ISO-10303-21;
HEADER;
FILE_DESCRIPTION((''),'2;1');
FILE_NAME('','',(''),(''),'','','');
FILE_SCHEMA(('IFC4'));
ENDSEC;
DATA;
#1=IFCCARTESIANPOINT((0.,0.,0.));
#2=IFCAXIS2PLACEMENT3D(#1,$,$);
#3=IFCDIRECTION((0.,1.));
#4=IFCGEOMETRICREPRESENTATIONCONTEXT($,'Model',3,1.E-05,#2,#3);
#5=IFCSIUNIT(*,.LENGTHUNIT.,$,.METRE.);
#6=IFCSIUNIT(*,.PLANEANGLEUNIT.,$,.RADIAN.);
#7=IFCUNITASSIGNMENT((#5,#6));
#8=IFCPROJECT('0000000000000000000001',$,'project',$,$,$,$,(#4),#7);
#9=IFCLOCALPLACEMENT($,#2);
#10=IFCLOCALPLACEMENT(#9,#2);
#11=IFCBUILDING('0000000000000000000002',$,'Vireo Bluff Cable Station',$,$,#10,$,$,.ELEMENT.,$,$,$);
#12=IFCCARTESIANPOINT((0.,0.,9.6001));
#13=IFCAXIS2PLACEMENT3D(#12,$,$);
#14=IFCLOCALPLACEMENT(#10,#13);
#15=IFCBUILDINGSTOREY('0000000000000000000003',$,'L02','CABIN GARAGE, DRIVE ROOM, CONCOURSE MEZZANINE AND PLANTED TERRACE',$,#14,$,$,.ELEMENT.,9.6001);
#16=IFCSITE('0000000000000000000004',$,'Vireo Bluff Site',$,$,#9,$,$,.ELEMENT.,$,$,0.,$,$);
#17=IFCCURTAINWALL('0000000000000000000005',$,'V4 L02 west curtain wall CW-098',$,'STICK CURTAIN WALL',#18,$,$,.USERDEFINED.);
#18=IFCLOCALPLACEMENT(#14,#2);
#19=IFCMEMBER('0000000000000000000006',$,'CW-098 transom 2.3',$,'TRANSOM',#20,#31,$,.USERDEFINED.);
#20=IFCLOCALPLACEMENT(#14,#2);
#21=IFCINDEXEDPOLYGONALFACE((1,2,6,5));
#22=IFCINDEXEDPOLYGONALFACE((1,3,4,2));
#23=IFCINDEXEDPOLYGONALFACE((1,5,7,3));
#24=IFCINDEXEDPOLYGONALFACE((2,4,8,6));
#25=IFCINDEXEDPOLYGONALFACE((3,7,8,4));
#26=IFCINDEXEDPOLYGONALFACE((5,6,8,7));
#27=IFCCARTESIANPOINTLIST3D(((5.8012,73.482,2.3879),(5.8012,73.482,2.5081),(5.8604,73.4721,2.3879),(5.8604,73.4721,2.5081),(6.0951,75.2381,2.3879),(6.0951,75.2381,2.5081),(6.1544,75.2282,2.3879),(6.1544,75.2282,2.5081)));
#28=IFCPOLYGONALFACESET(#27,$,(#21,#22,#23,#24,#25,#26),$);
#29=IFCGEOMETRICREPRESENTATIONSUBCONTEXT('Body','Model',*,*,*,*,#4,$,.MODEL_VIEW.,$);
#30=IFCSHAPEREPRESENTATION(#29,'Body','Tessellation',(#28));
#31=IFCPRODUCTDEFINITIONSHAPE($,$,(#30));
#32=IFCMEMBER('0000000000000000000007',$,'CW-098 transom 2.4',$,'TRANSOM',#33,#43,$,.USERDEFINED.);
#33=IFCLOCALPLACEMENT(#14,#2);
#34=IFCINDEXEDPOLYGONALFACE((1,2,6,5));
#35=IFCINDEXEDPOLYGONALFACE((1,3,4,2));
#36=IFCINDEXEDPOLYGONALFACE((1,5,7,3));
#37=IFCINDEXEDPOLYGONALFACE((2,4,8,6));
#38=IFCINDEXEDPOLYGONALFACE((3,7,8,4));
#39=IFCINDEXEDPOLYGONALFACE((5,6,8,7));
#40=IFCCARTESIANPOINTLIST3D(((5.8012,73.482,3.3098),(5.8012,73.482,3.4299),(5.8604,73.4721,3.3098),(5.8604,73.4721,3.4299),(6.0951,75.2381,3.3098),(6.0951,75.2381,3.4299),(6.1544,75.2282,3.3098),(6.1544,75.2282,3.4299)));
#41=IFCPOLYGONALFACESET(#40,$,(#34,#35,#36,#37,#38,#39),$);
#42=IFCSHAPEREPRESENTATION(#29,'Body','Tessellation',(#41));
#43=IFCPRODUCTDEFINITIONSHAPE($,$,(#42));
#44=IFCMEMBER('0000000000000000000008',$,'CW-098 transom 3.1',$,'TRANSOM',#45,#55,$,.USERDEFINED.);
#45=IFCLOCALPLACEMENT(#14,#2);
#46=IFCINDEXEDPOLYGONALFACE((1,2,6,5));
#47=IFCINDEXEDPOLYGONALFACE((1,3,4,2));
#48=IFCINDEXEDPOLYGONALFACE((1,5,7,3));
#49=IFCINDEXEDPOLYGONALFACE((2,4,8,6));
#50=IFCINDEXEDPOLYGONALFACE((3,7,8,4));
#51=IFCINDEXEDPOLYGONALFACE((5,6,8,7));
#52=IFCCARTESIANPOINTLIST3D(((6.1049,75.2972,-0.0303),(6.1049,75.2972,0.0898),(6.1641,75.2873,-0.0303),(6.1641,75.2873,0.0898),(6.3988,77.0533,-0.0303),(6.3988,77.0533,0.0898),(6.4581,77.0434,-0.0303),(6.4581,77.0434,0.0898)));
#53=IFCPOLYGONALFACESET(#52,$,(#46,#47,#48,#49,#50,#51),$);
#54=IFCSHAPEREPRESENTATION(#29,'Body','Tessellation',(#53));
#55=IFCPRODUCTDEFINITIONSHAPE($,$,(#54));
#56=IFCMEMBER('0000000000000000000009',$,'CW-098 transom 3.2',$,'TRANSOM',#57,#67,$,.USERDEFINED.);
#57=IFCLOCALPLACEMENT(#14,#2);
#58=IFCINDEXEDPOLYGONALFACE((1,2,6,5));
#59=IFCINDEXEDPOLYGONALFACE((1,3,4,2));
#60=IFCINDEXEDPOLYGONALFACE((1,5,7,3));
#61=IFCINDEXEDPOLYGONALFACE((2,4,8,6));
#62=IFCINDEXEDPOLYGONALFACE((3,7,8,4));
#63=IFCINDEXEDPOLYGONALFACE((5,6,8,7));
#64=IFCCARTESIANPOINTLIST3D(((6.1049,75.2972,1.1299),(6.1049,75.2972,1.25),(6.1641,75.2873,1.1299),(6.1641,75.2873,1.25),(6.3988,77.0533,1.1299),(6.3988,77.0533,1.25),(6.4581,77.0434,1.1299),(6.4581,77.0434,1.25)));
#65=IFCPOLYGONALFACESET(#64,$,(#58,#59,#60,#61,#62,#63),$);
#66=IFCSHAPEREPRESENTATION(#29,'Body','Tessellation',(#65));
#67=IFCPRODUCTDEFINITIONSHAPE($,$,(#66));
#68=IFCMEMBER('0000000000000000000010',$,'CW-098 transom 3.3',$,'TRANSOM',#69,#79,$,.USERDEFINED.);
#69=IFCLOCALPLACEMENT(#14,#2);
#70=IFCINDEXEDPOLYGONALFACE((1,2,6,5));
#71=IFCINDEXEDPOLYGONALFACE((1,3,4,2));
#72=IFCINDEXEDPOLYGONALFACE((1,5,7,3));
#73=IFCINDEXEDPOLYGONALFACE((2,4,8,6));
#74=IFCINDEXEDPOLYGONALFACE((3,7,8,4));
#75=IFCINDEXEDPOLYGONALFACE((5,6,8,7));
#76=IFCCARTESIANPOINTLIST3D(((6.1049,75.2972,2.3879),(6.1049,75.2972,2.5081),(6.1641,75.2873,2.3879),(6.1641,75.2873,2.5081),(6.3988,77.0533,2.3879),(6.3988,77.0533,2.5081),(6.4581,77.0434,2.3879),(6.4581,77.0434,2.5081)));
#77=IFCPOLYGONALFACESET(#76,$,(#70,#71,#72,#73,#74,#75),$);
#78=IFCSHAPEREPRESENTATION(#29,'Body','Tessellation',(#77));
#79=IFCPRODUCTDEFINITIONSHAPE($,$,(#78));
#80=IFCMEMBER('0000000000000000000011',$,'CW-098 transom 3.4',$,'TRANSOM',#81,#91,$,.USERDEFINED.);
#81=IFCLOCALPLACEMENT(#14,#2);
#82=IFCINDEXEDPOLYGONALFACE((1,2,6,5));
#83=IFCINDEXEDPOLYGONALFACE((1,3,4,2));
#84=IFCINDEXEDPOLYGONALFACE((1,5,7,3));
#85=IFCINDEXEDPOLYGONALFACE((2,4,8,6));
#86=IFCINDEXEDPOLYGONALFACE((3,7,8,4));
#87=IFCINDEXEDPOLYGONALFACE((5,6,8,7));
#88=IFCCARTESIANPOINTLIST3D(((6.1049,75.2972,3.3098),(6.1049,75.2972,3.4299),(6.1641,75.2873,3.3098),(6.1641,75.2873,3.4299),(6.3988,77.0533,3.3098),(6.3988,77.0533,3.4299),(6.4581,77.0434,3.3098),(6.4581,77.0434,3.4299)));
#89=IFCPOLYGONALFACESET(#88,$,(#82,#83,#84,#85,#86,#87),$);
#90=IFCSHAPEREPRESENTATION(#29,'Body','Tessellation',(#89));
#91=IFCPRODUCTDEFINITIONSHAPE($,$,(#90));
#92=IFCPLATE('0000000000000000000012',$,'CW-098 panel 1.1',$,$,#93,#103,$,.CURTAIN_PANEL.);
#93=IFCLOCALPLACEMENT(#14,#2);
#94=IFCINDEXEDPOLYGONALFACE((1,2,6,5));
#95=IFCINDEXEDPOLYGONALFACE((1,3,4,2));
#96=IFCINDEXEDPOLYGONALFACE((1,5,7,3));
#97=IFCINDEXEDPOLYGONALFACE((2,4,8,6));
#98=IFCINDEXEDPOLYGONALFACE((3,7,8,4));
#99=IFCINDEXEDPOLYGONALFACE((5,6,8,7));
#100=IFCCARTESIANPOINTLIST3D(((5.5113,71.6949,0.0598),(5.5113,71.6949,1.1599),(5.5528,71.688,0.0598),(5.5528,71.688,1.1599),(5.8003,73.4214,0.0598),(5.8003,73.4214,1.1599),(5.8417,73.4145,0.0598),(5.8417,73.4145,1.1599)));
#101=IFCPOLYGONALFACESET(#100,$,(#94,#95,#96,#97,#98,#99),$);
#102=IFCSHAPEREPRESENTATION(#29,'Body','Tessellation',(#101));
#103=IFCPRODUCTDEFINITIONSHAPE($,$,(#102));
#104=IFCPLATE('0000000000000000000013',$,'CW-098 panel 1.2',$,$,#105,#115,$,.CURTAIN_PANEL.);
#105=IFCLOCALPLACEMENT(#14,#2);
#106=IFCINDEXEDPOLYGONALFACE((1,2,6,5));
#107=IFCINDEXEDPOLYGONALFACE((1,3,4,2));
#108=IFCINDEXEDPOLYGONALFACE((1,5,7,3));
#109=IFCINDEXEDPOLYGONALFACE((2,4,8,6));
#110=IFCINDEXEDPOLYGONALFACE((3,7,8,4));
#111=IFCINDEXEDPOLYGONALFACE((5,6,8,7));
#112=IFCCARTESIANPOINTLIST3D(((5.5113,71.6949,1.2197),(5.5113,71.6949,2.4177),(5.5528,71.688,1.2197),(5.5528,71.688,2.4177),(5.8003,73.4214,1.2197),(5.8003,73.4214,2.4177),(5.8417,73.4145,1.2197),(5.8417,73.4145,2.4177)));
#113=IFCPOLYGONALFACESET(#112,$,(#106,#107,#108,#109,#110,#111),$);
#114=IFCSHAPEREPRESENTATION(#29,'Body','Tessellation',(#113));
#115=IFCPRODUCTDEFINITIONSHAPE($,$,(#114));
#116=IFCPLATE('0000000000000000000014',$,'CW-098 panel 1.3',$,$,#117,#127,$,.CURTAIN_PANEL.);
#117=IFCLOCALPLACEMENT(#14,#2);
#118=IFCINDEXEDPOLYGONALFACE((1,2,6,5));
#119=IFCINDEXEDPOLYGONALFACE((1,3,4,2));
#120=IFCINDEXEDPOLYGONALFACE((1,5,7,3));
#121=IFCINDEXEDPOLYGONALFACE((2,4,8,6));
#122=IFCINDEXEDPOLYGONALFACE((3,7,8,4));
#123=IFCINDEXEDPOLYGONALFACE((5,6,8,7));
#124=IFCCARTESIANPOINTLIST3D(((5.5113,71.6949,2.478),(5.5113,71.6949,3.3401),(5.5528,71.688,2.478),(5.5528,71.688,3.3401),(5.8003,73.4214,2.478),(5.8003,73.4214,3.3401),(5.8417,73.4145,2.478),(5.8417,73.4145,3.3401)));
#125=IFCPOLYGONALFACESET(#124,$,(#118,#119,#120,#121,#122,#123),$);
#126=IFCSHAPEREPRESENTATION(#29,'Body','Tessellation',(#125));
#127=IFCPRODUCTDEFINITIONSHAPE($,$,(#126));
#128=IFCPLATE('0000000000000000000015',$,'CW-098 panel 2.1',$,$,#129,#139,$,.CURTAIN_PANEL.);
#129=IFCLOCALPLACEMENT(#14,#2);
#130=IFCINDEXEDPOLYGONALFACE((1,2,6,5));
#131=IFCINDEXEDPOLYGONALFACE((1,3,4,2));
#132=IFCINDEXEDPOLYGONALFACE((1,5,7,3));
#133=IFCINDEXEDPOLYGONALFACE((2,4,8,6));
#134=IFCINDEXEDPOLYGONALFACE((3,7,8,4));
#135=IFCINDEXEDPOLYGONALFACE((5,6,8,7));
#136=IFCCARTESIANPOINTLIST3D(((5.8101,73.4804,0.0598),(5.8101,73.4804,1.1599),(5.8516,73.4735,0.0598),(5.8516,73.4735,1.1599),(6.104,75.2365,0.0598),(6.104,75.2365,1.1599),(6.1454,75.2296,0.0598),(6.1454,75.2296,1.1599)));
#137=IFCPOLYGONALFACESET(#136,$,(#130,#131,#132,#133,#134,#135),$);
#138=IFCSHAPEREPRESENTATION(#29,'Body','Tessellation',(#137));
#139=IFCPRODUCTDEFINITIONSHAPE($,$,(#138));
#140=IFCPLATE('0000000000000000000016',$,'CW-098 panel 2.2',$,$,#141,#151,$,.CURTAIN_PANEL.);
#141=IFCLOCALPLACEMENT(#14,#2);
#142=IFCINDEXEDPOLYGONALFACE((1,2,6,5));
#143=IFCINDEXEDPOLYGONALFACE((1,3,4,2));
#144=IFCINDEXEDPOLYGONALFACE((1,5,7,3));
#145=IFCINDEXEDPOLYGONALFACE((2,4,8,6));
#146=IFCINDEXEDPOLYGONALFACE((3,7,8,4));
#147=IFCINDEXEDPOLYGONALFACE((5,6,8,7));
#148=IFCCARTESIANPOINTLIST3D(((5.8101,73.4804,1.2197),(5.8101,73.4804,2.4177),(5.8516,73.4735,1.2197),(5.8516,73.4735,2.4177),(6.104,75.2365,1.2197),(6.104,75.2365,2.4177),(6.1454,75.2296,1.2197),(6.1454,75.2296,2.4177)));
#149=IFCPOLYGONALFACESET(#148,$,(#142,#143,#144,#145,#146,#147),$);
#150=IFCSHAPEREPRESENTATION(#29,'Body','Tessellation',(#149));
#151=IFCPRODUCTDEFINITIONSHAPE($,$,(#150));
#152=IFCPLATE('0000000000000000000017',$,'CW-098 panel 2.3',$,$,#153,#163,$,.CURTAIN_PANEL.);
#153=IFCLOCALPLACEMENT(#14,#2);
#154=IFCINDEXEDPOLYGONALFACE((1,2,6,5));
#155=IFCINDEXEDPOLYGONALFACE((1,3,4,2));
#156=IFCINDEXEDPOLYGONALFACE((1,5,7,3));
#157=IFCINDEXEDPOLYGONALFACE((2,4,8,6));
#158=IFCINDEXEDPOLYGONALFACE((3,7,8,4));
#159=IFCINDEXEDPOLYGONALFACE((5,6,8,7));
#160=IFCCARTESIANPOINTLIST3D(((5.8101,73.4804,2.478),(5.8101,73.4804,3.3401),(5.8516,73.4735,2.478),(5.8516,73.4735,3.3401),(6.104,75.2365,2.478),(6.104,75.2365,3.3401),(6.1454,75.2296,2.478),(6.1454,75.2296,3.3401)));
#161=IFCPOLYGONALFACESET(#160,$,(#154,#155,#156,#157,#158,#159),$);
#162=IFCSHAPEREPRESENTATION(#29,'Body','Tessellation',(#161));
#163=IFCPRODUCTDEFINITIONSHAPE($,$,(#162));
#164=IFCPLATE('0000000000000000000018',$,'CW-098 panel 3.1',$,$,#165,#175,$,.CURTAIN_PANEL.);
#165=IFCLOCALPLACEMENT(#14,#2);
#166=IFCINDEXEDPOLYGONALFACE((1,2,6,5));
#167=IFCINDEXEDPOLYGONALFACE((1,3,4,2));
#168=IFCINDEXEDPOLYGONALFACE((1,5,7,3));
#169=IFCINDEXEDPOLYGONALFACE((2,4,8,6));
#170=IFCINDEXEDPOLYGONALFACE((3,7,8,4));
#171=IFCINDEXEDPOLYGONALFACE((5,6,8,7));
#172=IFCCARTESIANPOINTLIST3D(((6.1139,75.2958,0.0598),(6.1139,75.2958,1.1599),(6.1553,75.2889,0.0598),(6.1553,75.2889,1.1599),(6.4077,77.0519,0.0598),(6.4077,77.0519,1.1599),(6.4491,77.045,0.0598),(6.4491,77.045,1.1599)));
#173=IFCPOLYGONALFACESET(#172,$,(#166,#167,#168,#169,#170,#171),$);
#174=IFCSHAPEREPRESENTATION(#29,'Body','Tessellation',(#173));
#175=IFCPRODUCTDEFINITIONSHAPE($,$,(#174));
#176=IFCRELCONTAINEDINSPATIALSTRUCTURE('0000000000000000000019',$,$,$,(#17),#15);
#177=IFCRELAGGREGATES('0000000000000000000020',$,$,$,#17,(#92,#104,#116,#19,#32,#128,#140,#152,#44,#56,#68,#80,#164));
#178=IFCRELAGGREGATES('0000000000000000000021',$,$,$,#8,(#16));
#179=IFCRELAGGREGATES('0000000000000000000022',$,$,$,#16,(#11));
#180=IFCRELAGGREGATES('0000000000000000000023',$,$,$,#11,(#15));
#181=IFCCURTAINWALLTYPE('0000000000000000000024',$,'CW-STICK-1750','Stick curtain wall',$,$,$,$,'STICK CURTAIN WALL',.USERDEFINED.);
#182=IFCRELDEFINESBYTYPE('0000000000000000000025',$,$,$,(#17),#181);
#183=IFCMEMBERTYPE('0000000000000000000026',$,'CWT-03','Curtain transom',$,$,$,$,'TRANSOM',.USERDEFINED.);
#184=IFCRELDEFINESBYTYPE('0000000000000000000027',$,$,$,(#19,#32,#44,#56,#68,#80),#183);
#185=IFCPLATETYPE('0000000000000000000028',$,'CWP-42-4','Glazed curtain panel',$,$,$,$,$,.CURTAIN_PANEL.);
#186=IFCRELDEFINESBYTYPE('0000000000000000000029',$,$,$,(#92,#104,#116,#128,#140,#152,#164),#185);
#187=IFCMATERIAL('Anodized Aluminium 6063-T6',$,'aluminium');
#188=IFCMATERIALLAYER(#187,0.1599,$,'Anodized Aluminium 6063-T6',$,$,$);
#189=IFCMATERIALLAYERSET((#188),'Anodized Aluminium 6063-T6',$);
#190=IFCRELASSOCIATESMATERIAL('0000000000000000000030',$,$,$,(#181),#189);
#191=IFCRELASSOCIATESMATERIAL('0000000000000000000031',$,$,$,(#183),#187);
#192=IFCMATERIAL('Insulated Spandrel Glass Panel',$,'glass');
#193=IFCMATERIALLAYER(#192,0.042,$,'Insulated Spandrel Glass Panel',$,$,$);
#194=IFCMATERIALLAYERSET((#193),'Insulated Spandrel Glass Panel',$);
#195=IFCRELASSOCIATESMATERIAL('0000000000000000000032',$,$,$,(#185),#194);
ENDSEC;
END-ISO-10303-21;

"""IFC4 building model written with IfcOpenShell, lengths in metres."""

from ifc_helpers import new_model, si_unit, direction, frame, origin, origin_2d, place, context, subcontext, project, spatial, rectangle, extrude, material, layer, layer_set, material_profile, profile_set, type_object, element, aggregate, save


model = new_model("IFC4")

# Units and contexts
model_context = context("Model", 3, precision=1e-05, world=origin(), true_north=direction((0.0, 1.0)))
body_context = subcontext(model_context, "Body", "Model", "MODEL_VIEW")
ifc_project = project(units=[si_unit("LENGTHUNIT", "METRE"), si_unit("PLANEANGLEUNIT", "RADIAN")], contexts=[model_context])

# Site, building, storey
site_placement = place(None, origin())
site = spatial("IfcSite", under=ifc_project, at=site_placement, Name="Vireo Bluff Site", CompositionType="ELEMENT", RefElevation=0.0)
building_placement = place(site_placement, origin())
building = spatial("IfcBuilding", under=site, at=building_placement, Name="Vireo Bluff Cable Station", CompositionType="ELEMENT")
storey_placement = place(building_placement, frame((0.0, 0.0, 9.6001)))
storey = spatial("IfcBuildingStorey", under=building, at=storey_placement, Name="L02", Description="CABIN GARAGE, DRIVE ROOM, CONCOURSE MEZZANINE AND PLANTED TERRACE", CompositionType="ELEMENT", Elevation=9.6001)

# Shared definitions
ifc_material_1 = material(Name="Anodized Aluminium 6063-T6", Category="aluminium")

# Curtain wall, members, plates
ifc_layer_1 = layer(ifc_material_1, 0.1599, Name="Anodized Aluminium 6063-T6")
ifc_layer_set_1 = layer_set([ifc_layer_1], Name="Anodized Aluminium 6063-T6")
curtain_wall_type_1 = type_object("IfcCurtainWallType", Name="CW-STICK-1750", Description="Stick curtain wall", ElementType="STICK CURTAIN WALL", PredefinedType="USERDEFINED", material=ifc_layer_set_1)
curtain_wall_1_placement = place(storey_placement, origin())
curtain_wall_1 = element("IfcCurtainWall", 1, at=curtain_wall_1_placement, inside=storey, type_object=curtain_wall_type_1, Name="V4 L02 west curtain wall CW-098", ObjectType="STICK CURTAIN WALL", PredefinedType="USERDEFINED")
ifc_material_profile_1 = material_profile(ifc_material_1, rectangle(XDim=0.0601, YDim=0.1201, at=origin_2d()), Name="ALU-T-60X120")
ifc_profile_set_1 = profile_set([ifc_material_profile_1], Name="Anodized Aluminium 6063-T6")
member_type_1 = type_object("IfcMemberType", Name="CWT-03", Description="Curtain transom", ElementType="TRANSOM", PredefinedType="USERDEFINED", material=ifc_profile_set_1)
member_1_placement = place(storey_placement, frame((5.8308, 73.4771, 2.448), z_axis=(0.165088, 0.986279, 0.0), x_axis=(-0.986279, 0.165088, 0.0)))
member_1 = element("IfcMember", 2, at=member_1_placement, type_object=member_type_1, Name="CW-098 transom 2.3", ObjectType="TRANSOM", PredefinedType="USERDEFINED", context=body_context, shape_type="SweptSolid", body=[
    extrude(rectangle(XDim=0.0601, YDim=0.1201, at=origin_2d()), origin(), (0.0, 0.0, 1.0), 1.7805),
])
member_2_placement = place(storey_placement, frame((5.8308, 73.4771, 3.3699), z_axis=(0.165088, 0.986279, 0.0), x_axis=(-0.986279, 0.165088, 0.0)))
member_2 = element("IfcMember", 3, at=member_2_placement, type_object=member_type_1, Name="CW-098 transom 2.4", ObjectType="TRANSOM", PredefinedType="USERDEFINED", context=body_context, shape_type="SweptSolid", body=[
    extrude(rectangle(XDim=0.0601, YDim=0.1201, at=origin_2d()), origin(), (0.0, 0.0, 1.0), 1.7805),
])
member_3_placement = place(storey_placement, frame((6.1345, 75.2922, 0.0298), z_axis=(0.165088, 0.986279, 0.0), x_axis=(-0.986279, 0.165088, 0.0)))
member_3 = element("IfcMember", 4, at=member_3_placement, type_object=member_type_1, Name="CW-098 transom 3.1", ObjectType="TRANSOM", PredefinedType="USERDEFINED", context=body_context, shape_type="SweptSolid", body=[
    extrude(rectangle(XDim=0.0601, YDim=0.1201, at=origin_2d()), origin(), (0.0, 0.0, 1.0), 1.7805),
])
member_4_placement = place(storey_placement, frame((6.1345, 75.2922, 1.1899), z_axis=(0.165088, 0.986279, 0.0), x_axis=(-0.986279, 0.165088, 0.0)))
member_4 = element("IfcMember", 5, at=member_4_placement, type_object=member_type_1, Name="CW-098 transom 3.2", ObjectType="TRANSOM", PredefinedType="USERDEFINED", context=body_context, shape_type="SweptSolid", body=[
    extrude(rectangle(XDim=0.0601, YDim=0.1201, at=origin_2d()), origin(), (0.0, 0.0, 1.0), 1.7805),
])
member_5_placement = place(storey_placement, frame((6.1345, 75.2922, 2.448), z_axis=(0.165088, 0.986279, 0.0), x_axis=(-0.986279, 0.165088, 0.0)))
member_5 = element("IfcMember", 6, at=member_5_placement, type_object=member_type_1, Name="CW-098 transom 3.3", ObjectType="TRANSOM", PredefinedType="USERDEFINED", context=body_context, shape_type="SweptSolid", body=[
    extrude(rectangle(XDim=0.0601, YDim=0.1201, at=origin_2d()), origin(), (0.0, 0.0, 1.0), 1.7805),
])
member_6_placement = place(storey_placement, frame((6.1345, 75.2922, 3.3699), z_axis=(0.165088, 0.986279, 0.0), x_axis=(-0.986279, 0.165088, 0.0)))
member_6 = element("IfcMember", 7, at=member_6_placement, type_object=member_type_1, Name="CW-098 transom 3.4", ObjectType="TRANSOM", PredefinedType="USERDEFINED", context=body_context, shape_type="SweptSolid", body=[
    extrude(rectangle(XDim=0.0601, YDim=0.1201, at=origin_2d()), origin(), (0.0, 0.0, 1.0), 1.7805),
])
ifc_material_2 = material(Name="Insulated Spandrel Glass Panel", Category="glass")
ifc_layer_2 = layer(ifc_material_2, 0.042, Name="Insulated Spandrel Glass Panel")
ifc_layer_set_2 = layer_set([ifc_layer_2], Name="Insulated Spandrel Glass Panel")
plate_type = type_object("IfcPlateType", Name="CWP-42-4", Description="Glazed curtain panel", PredefinedType="CURTAIN_PANEL", material=ifc_layer_set_2)
plate_1_placement = place(storey_placement, frame((5.6765, 72.5547, 0.0598), z_axis=(0.0, 0.0, 1.0), x_axis=(0.165048, 0.986286, 0.0)))
plate_1 = element("IfcPlate", 8, at=plate_1_placement, type_object=plate_type, Name="CW-098 panel 1.1", PredefinedType="CURTAIN_PANEL", context=body_context, shape_type="SweptSolid", body=[
    extrude(rectangle(XDim=1.7505, YDim=0.042, at=origin_2d()), origin(), (0.0, 0.0, 1.0), 1.1001),
])
plate_2_placement = place(storey_placement, frame((5.6765, 72.5547, 1.2197), z_axis=(0.0, 0.0, 1.0), x_axis=(0.165048, 0.986286, 0.0)))
plate_2 = element("IfcPlate", 9, at=plate_2_placement, type_object=plate_type, Name="CW-098 panel 1.2", PredefinedType="CURTAIN_PANEL", context=body_context, shape_type="SweptSolid", body=[
    extrude(rectangle(XDim=1.7505, YDim=0.042, at=origin_2d()), origin(), (0.0, 0.0, 1.0), 1.198),
])
plate_3_placement = place(storey_placement, frame((5.6765, 72.5547, 2.478), z_axis=(0.0, 0.0, 1.0), x_axis=(0.165048, 0.986286, 0.0)))
plate_3 = element("IfcPlate", 10, at=plate_3_placement, type_object=plate_type, Name="CW-098 panel 1.3", PredefinedType="CURTAIN_PANEL", context=body_context, shape_type="SweptSolid", body=[
    extrude(rectangle(XDim=1.7505, YDim=0.042, at=origin_2d()), origin(), (0.0, 0.0, 1.0), 0.8621),
])
plate_4_placement = place(storey_placement, frame((5.9778, 74.355, 0.0598), z_axis=(0.0, 0.0, 1.0), x_axis=(0.165048, 0.986286, 0.0)))
plate_4 = element("IfcPlate", 11, at=plate_4_placement, type_object=plate_type, Name="CW-098 panel 2.1", PredefinedType="CURTAIN_PANEL", context=body_context, shape_type="SweptSolid", body=[
    extrude(rectangle(XDim=1.7805, YDim=0.042, at=origin_2d()), origin(), (0.0, 0.0, 1.0), 1.1001),
])
plate_5_placement = place(storey_placement, frame((5.9778, 74.355, 1.2197), z_axis=(0.0, 0.0, 1.0), x_axis=(0.165048, 0.986286, 0.0)))
plate_5 = element("IfcPlate", 12, at=plate_5_placement, type_object=plate_type, Name="CW-098 panel 2.2", PredefinedType="CURTAIN_PANEL", context=body_context, shape_type="SweptSolid", body=[
    extrude(rectangle(XDim=1.7805, YDim=0.042, at=origin_2d()), origin(), (0.0, 0.0, 1.0), 1.198),
])
plate_6_placement = place(storey_placement, frame((5.9778, 74.355, 2.478), z_axis=(0.0, 0.0, 1.0), x_axis=(0.165048, 0.986286, 0.0)))
plate_6 = element("IfcPlate", 13, at=plate_6_placement, type_object=plate_type, Name="CW-098 panel 2.3", PredefinedType="CURTAIN_PANEL", context=body_context, shape_type="SweptSolid", body=[
    extrude(rectangle(XDim=1.7805, YDim=0.042, at=origin_2d()), origin(), (0.0, 0.0, 1.0), 0.8621),
])
plate_7_placement = place(storey_placement, frame((6.2815, 76.1704, 0.0598), z_axis=(0.0, 0.0, 1.0), x_axis=(0.165048, 0.986286, 0.0)))
plate_7 = element("IfcPlate", 14, at=plate_7_placement, type_object=plate_type, Name="CW-098 panel 3.1", PredefinedType="CURTAIN_PANEL", context=body_context, shape_type="SweptSolid", body=[
    extrude(rectangle(XDim=1.7805, YDim=0.042, at=origin_2d()), origin(), (0.0, 0.0, 1.0), 1.1001),
])
aggregate(curtain_wall_1, [plate_1, plate_2, plate_3, member_1, member_2, plate_4, plate_5, plate_6, member_3, member_4, member_5, member_6, plate_7])

save(model, "model.ifc")
